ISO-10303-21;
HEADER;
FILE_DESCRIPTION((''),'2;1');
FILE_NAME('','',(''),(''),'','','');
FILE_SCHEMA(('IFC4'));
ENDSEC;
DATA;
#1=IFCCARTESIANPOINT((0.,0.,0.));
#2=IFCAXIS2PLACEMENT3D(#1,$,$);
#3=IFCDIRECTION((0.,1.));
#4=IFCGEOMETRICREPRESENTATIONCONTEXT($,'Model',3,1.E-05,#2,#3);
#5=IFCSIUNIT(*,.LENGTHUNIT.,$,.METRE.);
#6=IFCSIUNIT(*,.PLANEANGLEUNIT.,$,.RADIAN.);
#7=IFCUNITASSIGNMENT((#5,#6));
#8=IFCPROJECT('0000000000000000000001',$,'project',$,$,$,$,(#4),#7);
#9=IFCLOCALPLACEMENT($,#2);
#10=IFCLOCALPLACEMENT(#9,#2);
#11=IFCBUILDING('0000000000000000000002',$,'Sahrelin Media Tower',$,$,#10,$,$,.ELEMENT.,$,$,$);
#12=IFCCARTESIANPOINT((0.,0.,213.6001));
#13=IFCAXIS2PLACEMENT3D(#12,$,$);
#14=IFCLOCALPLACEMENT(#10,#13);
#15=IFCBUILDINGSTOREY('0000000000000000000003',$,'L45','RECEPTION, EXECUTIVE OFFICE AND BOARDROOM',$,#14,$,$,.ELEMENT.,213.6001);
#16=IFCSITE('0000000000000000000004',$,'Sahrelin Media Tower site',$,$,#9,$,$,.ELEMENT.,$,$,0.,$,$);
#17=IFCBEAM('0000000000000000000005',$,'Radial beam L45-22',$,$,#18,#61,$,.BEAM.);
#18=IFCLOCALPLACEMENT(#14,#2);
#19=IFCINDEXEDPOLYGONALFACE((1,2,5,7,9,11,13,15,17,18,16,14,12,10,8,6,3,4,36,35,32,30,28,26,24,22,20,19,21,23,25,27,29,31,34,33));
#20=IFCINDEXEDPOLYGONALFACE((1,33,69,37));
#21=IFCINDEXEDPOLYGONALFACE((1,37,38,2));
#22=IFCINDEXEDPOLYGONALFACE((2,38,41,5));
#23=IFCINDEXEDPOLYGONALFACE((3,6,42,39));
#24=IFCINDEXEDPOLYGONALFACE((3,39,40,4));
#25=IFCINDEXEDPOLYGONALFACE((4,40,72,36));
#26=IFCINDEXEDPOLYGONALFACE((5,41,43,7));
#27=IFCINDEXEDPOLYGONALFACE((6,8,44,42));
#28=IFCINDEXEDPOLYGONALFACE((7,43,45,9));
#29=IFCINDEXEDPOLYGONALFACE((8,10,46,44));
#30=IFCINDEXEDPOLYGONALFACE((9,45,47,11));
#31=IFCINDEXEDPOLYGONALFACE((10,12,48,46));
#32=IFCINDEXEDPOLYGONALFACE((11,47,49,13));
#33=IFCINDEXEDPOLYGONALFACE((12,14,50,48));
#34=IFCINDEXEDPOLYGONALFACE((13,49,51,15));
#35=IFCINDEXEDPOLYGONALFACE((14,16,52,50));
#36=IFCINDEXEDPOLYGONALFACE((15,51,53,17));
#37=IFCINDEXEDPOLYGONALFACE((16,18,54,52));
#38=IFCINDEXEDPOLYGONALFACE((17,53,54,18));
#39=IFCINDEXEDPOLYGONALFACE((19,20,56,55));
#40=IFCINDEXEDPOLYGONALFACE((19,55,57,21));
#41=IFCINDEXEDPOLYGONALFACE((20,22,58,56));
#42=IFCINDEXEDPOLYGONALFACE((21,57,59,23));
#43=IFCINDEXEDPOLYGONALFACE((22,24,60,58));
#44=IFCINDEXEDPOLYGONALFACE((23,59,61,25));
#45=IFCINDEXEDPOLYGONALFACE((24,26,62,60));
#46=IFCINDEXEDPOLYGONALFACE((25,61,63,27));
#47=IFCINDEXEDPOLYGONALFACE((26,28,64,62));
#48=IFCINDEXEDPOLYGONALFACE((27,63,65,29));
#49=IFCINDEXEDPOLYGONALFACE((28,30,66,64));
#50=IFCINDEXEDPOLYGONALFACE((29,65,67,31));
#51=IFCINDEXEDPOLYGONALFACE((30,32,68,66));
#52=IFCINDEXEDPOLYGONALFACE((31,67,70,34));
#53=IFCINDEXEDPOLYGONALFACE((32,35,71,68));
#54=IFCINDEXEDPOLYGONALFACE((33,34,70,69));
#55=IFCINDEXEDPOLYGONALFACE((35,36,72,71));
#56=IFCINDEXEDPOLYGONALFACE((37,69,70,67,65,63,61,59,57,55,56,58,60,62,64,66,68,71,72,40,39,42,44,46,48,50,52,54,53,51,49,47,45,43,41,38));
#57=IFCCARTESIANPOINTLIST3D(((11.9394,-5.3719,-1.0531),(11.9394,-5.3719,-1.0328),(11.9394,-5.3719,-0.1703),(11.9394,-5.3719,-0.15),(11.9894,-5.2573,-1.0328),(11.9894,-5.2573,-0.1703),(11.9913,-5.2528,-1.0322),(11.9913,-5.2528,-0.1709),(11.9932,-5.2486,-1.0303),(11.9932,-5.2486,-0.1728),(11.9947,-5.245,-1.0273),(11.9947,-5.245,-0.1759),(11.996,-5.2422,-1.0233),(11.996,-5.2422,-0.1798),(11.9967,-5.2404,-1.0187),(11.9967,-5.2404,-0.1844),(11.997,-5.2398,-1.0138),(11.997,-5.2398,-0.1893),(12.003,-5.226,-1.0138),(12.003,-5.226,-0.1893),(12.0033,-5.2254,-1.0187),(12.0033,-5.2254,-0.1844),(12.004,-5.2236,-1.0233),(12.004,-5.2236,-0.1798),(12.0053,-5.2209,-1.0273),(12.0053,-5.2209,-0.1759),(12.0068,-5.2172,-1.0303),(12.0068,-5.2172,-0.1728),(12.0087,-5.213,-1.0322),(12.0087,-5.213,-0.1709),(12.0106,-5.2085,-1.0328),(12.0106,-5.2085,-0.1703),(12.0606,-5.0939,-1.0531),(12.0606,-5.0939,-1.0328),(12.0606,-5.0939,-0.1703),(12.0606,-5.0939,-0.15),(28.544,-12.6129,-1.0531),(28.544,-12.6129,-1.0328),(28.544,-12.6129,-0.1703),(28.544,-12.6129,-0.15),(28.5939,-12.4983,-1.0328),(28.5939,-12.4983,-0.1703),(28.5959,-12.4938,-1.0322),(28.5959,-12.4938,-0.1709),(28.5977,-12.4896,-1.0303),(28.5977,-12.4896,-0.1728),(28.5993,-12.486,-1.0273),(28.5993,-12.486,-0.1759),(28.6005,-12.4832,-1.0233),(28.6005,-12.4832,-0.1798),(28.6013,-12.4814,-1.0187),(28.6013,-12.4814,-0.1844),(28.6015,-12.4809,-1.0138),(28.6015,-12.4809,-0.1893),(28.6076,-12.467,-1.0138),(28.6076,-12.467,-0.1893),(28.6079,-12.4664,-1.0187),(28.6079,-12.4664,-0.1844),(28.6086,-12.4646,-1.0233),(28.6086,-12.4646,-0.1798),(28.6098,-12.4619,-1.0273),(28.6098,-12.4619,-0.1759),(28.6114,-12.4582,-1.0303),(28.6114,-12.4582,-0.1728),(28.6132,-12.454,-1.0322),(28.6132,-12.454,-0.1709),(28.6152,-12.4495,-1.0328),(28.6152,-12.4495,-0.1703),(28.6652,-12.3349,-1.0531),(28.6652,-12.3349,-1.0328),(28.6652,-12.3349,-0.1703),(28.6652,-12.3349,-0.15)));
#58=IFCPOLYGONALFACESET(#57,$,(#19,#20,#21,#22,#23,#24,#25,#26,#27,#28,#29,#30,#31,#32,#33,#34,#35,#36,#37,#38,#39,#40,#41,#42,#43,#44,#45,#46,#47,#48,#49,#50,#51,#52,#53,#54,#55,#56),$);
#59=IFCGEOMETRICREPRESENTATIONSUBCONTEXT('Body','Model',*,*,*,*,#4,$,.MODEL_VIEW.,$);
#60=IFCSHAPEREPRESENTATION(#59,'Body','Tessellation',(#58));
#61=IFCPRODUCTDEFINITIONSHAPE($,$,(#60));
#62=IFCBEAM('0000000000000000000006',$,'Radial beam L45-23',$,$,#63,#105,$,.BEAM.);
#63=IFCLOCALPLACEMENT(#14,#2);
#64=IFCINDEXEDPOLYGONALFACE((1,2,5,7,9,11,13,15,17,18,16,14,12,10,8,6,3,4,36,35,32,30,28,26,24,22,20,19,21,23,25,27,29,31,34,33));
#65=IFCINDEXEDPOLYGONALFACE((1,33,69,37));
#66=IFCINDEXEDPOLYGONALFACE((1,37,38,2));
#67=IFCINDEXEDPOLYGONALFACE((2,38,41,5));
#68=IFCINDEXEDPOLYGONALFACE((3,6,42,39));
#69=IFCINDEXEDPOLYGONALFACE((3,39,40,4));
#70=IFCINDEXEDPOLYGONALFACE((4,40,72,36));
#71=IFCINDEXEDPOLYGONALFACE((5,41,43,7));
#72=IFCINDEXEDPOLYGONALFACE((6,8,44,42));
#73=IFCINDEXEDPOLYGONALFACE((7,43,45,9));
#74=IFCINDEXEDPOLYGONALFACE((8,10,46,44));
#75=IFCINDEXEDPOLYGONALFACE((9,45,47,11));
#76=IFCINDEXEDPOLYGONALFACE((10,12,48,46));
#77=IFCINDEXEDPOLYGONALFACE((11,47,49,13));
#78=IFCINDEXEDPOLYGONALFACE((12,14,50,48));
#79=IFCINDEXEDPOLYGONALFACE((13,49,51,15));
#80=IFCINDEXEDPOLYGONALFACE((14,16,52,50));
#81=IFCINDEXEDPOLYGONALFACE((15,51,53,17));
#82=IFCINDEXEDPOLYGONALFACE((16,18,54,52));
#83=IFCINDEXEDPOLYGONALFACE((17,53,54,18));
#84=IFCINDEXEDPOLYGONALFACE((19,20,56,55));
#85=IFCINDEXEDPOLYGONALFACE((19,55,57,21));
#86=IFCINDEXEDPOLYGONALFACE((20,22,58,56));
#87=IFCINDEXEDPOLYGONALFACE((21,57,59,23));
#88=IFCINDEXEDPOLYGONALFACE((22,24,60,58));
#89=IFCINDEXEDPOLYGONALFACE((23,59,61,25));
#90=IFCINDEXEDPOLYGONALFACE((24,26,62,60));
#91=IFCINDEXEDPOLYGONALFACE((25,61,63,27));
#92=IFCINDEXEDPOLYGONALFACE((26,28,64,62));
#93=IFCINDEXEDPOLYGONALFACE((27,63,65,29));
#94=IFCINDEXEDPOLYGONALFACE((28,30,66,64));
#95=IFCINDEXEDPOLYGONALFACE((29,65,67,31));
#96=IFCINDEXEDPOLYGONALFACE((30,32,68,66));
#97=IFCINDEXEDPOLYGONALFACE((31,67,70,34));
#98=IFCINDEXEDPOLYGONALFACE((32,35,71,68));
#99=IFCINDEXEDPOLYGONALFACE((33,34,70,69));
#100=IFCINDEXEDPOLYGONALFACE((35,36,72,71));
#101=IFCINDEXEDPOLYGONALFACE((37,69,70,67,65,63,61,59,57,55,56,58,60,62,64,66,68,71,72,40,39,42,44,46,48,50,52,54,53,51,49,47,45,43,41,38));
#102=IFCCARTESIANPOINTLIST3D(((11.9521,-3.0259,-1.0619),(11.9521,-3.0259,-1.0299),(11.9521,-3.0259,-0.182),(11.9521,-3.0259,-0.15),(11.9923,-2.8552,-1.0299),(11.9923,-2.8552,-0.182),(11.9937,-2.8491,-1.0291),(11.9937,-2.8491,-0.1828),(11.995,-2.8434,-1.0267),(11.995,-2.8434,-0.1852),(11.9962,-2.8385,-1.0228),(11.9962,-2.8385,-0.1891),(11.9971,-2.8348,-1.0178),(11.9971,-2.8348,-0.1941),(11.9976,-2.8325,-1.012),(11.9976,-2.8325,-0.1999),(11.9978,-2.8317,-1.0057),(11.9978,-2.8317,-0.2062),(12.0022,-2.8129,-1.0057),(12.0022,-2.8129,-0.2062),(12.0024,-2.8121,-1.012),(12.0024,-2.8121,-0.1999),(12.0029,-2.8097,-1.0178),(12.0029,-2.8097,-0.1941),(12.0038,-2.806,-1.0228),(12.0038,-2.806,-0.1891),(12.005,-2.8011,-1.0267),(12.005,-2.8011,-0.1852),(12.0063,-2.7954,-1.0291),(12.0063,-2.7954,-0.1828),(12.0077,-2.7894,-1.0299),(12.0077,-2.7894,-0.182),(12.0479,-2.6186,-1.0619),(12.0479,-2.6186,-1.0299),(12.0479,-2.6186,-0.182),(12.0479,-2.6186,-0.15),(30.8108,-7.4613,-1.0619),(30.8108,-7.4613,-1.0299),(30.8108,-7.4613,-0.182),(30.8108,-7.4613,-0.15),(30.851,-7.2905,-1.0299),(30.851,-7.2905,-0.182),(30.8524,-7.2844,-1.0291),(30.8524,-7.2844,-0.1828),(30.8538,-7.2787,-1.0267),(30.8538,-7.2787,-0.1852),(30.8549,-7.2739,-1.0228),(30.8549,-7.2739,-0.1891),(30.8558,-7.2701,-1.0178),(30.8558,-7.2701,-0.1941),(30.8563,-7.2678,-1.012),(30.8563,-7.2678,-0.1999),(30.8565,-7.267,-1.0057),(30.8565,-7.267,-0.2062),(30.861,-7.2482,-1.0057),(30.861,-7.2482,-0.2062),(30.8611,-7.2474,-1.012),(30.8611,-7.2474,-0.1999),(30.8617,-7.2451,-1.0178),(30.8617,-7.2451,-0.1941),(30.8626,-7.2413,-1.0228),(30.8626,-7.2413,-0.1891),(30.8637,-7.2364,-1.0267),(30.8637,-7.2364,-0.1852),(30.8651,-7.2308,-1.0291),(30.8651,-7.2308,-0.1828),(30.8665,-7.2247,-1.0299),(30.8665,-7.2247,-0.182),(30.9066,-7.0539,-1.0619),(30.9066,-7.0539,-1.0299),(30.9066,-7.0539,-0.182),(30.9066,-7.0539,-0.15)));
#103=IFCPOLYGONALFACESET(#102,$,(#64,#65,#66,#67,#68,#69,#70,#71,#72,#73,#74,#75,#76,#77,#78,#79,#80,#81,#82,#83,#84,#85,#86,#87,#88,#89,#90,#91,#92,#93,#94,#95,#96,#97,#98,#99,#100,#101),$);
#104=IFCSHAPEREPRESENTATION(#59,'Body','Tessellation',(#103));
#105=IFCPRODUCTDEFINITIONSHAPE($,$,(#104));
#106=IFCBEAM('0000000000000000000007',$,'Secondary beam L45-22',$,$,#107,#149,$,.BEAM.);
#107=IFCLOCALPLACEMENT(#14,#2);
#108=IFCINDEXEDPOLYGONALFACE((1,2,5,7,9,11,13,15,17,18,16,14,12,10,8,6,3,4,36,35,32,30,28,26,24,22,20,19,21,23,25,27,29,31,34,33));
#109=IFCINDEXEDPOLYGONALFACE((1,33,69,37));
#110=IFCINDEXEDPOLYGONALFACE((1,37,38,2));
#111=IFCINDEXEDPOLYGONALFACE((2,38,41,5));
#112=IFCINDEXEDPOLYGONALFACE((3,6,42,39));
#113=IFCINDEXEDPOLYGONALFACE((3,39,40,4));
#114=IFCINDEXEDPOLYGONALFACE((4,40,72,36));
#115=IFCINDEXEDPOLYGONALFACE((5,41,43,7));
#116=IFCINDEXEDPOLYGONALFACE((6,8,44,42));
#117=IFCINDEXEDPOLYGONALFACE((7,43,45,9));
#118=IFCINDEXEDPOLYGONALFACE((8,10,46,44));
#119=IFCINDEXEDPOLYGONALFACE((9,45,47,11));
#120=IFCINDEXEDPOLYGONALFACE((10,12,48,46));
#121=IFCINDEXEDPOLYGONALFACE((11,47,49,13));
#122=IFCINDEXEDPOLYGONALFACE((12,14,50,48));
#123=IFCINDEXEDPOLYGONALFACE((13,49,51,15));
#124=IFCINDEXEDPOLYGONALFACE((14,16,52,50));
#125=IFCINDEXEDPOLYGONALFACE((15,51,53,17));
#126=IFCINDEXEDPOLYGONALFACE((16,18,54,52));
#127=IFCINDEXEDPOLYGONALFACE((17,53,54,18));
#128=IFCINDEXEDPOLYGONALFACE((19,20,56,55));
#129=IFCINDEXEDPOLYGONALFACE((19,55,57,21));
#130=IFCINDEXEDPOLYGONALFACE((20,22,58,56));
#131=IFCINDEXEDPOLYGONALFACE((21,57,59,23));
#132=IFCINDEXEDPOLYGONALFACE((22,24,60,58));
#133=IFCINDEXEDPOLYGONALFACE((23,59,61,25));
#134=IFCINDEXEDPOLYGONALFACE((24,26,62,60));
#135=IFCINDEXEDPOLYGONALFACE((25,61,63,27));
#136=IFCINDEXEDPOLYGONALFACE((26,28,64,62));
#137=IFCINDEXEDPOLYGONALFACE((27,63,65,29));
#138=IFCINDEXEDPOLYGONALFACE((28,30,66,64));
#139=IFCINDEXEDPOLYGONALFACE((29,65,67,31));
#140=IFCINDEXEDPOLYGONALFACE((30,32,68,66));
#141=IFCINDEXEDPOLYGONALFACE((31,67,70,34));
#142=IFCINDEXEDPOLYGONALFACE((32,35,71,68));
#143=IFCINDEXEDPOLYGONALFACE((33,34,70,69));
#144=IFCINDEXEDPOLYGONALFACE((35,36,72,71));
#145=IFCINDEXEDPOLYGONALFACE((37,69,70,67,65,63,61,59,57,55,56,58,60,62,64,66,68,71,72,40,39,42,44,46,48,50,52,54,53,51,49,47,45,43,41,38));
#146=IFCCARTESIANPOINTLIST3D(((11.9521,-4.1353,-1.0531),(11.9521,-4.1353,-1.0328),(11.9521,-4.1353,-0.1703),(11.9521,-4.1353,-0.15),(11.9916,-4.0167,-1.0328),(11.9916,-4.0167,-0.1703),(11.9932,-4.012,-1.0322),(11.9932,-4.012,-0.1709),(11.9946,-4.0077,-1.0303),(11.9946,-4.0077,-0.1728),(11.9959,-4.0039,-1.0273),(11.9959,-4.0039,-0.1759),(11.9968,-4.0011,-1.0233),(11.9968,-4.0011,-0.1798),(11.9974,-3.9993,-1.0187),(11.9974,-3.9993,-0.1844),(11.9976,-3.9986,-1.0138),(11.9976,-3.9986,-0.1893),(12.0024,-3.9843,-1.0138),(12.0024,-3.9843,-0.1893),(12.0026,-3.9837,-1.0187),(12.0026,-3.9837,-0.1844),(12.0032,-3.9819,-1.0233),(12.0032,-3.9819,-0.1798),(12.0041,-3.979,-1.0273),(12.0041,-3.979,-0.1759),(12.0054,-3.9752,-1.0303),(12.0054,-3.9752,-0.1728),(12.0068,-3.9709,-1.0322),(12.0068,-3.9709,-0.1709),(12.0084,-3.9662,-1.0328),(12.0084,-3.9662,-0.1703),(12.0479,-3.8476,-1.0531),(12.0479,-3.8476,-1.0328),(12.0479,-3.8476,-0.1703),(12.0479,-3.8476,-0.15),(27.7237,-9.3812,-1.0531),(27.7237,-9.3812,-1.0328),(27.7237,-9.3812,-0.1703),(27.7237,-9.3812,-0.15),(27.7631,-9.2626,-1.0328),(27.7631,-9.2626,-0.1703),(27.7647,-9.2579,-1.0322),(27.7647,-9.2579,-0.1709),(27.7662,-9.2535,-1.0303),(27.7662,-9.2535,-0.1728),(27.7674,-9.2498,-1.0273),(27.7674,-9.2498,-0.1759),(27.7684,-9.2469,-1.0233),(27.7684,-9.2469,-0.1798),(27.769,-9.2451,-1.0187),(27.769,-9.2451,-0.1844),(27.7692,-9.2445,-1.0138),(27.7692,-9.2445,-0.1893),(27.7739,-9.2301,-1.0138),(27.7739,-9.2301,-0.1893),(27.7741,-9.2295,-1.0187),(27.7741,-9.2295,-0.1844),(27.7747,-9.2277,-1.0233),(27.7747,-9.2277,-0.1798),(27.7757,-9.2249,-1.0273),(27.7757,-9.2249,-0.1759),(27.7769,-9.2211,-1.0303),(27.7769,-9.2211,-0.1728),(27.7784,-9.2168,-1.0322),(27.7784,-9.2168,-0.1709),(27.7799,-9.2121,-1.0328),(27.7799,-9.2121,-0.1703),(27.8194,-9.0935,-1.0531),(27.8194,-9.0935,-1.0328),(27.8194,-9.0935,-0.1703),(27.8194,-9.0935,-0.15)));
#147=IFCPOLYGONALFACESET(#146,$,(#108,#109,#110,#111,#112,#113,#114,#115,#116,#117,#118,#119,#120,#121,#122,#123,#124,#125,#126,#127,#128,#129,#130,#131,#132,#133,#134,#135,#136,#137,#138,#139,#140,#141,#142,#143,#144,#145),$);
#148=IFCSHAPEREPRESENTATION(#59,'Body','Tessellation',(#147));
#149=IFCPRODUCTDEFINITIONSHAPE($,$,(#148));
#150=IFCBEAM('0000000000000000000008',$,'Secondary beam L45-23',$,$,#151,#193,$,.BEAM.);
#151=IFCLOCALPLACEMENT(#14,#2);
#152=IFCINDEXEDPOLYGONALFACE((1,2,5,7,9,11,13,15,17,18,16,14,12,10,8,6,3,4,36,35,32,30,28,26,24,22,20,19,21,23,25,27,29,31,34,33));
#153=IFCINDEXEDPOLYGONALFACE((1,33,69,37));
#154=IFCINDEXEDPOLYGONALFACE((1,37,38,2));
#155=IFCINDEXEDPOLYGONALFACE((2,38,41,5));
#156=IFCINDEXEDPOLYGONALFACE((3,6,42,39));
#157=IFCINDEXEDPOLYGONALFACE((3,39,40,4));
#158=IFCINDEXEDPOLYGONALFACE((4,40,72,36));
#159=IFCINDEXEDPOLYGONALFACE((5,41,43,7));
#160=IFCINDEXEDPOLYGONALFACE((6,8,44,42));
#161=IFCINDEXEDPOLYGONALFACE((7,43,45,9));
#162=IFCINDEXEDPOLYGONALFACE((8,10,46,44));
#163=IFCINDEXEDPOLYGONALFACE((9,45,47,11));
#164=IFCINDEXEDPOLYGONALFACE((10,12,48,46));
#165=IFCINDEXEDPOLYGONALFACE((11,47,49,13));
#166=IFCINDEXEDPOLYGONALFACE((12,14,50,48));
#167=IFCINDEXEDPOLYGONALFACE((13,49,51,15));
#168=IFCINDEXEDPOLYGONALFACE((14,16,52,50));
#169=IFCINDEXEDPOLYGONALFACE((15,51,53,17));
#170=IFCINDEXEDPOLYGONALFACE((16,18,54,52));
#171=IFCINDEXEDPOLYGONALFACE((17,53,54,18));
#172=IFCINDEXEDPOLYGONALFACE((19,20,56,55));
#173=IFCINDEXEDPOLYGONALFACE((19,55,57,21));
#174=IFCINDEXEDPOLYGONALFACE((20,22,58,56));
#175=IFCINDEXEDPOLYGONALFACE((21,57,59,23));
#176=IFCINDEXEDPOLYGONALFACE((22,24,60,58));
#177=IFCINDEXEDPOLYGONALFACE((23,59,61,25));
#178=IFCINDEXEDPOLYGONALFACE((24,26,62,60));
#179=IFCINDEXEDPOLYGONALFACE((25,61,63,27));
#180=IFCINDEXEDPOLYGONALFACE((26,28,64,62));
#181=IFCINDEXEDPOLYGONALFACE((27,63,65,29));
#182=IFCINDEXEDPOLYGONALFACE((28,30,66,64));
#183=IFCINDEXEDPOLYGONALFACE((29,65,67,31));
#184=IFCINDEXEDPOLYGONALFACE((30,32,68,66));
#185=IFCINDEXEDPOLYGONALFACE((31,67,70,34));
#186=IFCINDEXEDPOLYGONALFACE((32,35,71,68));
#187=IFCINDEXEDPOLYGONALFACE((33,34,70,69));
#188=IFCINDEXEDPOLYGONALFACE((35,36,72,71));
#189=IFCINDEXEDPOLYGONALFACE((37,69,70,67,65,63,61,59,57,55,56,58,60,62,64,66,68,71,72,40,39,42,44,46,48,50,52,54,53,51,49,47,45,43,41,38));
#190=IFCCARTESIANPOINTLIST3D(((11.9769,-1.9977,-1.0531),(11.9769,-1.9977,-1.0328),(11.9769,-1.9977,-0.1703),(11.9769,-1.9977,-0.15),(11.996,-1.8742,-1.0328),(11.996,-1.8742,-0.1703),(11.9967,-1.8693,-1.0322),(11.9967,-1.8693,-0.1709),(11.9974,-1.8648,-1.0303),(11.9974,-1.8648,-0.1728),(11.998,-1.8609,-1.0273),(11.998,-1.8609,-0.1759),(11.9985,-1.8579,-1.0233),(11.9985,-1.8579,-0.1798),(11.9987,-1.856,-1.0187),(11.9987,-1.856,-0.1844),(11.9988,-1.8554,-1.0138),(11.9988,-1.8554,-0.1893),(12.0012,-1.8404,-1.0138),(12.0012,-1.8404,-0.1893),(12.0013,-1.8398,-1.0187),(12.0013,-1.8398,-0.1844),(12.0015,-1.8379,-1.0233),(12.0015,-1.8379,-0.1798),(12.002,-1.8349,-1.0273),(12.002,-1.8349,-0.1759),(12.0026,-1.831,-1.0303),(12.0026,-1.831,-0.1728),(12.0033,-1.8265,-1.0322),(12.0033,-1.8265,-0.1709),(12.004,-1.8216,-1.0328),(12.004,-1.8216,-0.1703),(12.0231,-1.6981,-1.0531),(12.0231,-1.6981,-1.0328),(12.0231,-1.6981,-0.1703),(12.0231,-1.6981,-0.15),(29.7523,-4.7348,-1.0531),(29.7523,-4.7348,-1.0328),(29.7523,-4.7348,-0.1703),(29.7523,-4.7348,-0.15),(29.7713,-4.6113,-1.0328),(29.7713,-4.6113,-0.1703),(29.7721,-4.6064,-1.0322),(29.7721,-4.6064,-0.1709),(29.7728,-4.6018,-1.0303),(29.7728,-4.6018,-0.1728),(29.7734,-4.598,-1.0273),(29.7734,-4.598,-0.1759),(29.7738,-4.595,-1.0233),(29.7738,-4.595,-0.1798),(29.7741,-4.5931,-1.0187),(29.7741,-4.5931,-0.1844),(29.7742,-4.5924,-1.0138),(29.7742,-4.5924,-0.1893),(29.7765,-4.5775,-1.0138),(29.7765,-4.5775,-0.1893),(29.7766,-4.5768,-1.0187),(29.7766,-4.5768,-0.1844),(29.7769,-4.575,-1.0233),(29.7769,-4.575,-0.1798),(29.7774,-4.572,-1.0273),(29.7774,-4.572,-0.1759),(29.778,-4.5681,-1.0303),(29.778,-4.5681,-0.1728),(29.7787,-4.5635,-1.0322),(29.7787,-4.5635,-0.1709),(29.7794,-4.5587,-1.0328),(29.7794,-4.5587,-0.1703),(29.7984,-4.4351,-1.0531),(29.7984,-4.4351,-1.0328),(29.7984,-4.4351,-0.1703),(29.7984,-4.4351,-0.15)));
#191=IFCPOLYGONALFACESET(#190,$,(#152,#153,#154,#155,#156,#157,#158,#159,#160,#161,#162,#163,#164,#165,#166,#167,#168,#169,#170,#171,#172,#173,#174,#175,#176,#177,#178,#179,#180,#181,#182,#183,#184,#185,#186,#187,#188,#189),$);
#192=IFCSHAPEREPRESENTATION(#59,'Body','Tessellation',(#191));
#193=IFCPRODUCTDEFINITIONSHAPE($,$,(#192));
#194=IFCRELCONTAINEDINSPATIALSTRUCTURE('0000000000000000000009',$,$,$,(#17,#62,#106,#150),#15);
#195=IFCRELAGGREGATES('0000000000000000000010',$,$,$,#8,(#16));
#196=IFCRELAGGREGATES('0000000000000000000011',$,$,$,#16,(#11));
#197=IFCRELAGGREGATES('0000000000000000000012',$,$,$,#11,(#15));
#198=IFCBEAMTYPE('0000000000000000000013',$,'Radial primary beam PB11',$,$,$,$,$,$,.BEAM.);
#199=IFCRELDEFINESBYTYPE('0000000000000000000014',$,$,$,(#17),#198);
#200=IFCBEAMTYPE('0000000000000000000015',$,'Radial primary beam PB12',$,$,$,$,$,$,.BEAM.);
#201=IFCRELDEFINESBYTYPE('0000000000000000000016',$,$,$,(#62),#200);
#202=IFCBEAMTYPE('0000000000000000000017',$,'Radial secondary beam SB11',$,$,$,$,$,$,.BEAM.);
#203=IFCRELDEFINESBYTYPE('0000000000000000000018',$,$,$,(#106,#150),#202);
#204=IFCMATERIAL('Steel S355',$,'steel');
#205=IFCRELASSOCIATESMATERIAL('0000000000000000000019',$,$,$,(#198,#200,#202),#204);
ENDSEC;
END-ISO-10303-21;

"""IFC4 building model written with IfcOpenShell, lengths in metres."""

from ifc_helpers import new_model, si_unit, direction, frame, origin, origin_2d, place, context, subcontext, project, spatial, i_section, extrude, material, material_profile, profile_set, type_object, element, save


model = new_model("IFC4")

# Units and contexts
model_context = context("Model", 3, precision=1e-05, world=origin(), true_north=direction((0.0, 1.0)))
body_context = subcontext(model_context, "Body", "Model", "MODEL_VIEW")
ifc_project = project(units=[si_unit("LENGTHUNIT", "METRE"), si_unit("PLANEANGLEUNIT", "RADIAN")], contexts=[model_context])

# Site, building, storey
site_placement = place(None, origin())
site = spatial("IfcSite", under=ifc_project, at=site_placement, Name="Sahrelin Media Tower site", CompositionType="ELEMENT", RefElevation=0.0)
building_placement = place(site_placement, origin())
building = spatial("IfcBuilding", under=site, at=building_placement, Name="Sahrelin Media Tower", CompositionType="ELEMENT")
storey_placement = place(building_placement, frame((0.0, 0.0, 213.6001)))
storey = spatial("IfcBuildingStorey", under=building, at=storey_placement, Name="L45", Description="RECEPTION, EXECUTIVE OFFICE AND BOARDROOM", CompositionType="ELEMENT", Elevation=213.6001)

# Beams
ifc_material_1 = material(Name="Steel S355", Category="steel")
ifc_material_profile_1 = material_profile(ifc_material_1, i_section(OverallWidth=0.3032, OverallDepth=0.9031, WebThickness=0.0151, FlangeThickness=0.0203, FilletRadius=0.019, at=origin_2d()), Name="UB 914x305x201")
ifc_profile_set_1 = profile_set([ifc_material_profile_1], Name="Steel S355")
beam_type_1 = type_object("IfcBeamType", Name="Radial primary beam PB11", PredefinedType="BEAM", material=ifc_profile_set_1)
beam_1_placement = place(storey_placement, frame((12.0, -5.2329, -0.6016), z_axis=(0.916633, -0.39973, 0.0), x_axis=(0.39973, 0.916633, 0.0)))
element("IfcBeam", 1, at=beam_1_placement, inside=storey, type_object=beam_type_1, Name="Radial beam L45-22", PredefinedType="BEAM", context=body_context, shape_type="SweptSolid", body=[
    extrude(i_section(OverallWidth=0.3032, OverallDepth=0.9031, WebThickness=0.0151, FlangeThickness=0.0203, FilletRadius=0.019, at=origin_2d()), origin(), (0.0, 0.0, 1.0), 18.1147),
])
ifc_material_profile_2 = material_profile(ifc_material_1, i_section(OverallWidth=0.4185, OverallDepth=0.9119, WebThickness=0.0193, FlangeThickness=0.032, FilletRadius=0.0242, at=origin_2d()), Name="UB 914x419x343")
ifc_profile_set_2 = profile_set([ifc_material_profile_2], Name="Steel S355")
beam_type_2 = type_object("IfcBeamType", Name="Radial primary beam PB12", PredefinedType="BEAM", material=ifc_profile_set_2)
beam_2_placement = place(storey_placement, frame((12.0, -2.8223, -0.606), z_axis=(0.97344, -0.22894, 0.0), x_axis=(0.22894, 0.97344, 0.0)))
element("IfcBeam", 2, at=beam_2_placement, inside=storey, type_object=beam_type_2, Name="Radial beam L45-23", PredefinedType="BEAM", context=body_context, shape_type="SweptSolid", body=[
    extrude(i_section(OverallWidth=0.4185, OverallDepth=0.9119, WebThickness=0.0193, FlangeThickness=0.032, FilletRadius=0.0242, at=origin_2d()), origin(), (0.0, 0.0, 1.0), 19.3733),
])
ifc_material_profile_3 = material_profile(ifc_material_1, i_section(OverallWidth=0.3032, OverallDepth=0.9031, WebThickness=0.0151, FlangeThickness=0.0203, FilletRadius=0.019, at=origin_2d()), Name="UB 914x305x201")
ifc_profile_set_3 = profile_set([ifc_material_profile_3], Name="Steel S355")
beam_type_3 = type_object("IfcBeamType", Name="Radial secondary beam SB11", PredefinedType="BEAM", material=ifc_profile_set_3)
beam_3_placement = place(storey_placement, frame((12.0, -3.9915, -0.6016), z_axis=(0.948887, -0.315615, 0.0), x_axis=(0.315615, 0.948887, 0.0)))
element("IfcBeam", 3, at=beam_3_placement, inside=storey, type_object=beam_type_3, Name="Secondary beam L45-22", PredefinedType="BEAM", context=body_context, shape_type="SweptSolid", body=[
    extrude(i_section(OverallWidth=0.3032, OverallDepth=0.9031, WebThickness=0.0151, FlangeThickness=0.0203, FilletRadius=0.019, at=origin_2d()), origin(), (0.0, 0.0, 1.0), 16.6211),
])
beam_4_placement = place(storey_placement, frame((12.0, -1.8479, -0.6016), z_axis=(0.988352, -0.152187, 0.0), x_axis=(0.152187, 0.988352, 0.0)))
element("IfcBeam", 4, at=beam_4_placement, inside=storey, type_object=beam_type_3, Name="Secondary beam L45-23", PredefinedType="BEAM", context=body_context, shape_type="SweptSolid", body=[
    extrude(i_section(OverallWidth=0.3032, OverallDepth=0.9031, WebThickness=0.0151, FlangeThickness=0.0203, FilletRadius=0.019, at=origin_2d()), origin(), (0.0, 0.0, 1.0), 17.9849),
])

save(model, "model.ifc")
